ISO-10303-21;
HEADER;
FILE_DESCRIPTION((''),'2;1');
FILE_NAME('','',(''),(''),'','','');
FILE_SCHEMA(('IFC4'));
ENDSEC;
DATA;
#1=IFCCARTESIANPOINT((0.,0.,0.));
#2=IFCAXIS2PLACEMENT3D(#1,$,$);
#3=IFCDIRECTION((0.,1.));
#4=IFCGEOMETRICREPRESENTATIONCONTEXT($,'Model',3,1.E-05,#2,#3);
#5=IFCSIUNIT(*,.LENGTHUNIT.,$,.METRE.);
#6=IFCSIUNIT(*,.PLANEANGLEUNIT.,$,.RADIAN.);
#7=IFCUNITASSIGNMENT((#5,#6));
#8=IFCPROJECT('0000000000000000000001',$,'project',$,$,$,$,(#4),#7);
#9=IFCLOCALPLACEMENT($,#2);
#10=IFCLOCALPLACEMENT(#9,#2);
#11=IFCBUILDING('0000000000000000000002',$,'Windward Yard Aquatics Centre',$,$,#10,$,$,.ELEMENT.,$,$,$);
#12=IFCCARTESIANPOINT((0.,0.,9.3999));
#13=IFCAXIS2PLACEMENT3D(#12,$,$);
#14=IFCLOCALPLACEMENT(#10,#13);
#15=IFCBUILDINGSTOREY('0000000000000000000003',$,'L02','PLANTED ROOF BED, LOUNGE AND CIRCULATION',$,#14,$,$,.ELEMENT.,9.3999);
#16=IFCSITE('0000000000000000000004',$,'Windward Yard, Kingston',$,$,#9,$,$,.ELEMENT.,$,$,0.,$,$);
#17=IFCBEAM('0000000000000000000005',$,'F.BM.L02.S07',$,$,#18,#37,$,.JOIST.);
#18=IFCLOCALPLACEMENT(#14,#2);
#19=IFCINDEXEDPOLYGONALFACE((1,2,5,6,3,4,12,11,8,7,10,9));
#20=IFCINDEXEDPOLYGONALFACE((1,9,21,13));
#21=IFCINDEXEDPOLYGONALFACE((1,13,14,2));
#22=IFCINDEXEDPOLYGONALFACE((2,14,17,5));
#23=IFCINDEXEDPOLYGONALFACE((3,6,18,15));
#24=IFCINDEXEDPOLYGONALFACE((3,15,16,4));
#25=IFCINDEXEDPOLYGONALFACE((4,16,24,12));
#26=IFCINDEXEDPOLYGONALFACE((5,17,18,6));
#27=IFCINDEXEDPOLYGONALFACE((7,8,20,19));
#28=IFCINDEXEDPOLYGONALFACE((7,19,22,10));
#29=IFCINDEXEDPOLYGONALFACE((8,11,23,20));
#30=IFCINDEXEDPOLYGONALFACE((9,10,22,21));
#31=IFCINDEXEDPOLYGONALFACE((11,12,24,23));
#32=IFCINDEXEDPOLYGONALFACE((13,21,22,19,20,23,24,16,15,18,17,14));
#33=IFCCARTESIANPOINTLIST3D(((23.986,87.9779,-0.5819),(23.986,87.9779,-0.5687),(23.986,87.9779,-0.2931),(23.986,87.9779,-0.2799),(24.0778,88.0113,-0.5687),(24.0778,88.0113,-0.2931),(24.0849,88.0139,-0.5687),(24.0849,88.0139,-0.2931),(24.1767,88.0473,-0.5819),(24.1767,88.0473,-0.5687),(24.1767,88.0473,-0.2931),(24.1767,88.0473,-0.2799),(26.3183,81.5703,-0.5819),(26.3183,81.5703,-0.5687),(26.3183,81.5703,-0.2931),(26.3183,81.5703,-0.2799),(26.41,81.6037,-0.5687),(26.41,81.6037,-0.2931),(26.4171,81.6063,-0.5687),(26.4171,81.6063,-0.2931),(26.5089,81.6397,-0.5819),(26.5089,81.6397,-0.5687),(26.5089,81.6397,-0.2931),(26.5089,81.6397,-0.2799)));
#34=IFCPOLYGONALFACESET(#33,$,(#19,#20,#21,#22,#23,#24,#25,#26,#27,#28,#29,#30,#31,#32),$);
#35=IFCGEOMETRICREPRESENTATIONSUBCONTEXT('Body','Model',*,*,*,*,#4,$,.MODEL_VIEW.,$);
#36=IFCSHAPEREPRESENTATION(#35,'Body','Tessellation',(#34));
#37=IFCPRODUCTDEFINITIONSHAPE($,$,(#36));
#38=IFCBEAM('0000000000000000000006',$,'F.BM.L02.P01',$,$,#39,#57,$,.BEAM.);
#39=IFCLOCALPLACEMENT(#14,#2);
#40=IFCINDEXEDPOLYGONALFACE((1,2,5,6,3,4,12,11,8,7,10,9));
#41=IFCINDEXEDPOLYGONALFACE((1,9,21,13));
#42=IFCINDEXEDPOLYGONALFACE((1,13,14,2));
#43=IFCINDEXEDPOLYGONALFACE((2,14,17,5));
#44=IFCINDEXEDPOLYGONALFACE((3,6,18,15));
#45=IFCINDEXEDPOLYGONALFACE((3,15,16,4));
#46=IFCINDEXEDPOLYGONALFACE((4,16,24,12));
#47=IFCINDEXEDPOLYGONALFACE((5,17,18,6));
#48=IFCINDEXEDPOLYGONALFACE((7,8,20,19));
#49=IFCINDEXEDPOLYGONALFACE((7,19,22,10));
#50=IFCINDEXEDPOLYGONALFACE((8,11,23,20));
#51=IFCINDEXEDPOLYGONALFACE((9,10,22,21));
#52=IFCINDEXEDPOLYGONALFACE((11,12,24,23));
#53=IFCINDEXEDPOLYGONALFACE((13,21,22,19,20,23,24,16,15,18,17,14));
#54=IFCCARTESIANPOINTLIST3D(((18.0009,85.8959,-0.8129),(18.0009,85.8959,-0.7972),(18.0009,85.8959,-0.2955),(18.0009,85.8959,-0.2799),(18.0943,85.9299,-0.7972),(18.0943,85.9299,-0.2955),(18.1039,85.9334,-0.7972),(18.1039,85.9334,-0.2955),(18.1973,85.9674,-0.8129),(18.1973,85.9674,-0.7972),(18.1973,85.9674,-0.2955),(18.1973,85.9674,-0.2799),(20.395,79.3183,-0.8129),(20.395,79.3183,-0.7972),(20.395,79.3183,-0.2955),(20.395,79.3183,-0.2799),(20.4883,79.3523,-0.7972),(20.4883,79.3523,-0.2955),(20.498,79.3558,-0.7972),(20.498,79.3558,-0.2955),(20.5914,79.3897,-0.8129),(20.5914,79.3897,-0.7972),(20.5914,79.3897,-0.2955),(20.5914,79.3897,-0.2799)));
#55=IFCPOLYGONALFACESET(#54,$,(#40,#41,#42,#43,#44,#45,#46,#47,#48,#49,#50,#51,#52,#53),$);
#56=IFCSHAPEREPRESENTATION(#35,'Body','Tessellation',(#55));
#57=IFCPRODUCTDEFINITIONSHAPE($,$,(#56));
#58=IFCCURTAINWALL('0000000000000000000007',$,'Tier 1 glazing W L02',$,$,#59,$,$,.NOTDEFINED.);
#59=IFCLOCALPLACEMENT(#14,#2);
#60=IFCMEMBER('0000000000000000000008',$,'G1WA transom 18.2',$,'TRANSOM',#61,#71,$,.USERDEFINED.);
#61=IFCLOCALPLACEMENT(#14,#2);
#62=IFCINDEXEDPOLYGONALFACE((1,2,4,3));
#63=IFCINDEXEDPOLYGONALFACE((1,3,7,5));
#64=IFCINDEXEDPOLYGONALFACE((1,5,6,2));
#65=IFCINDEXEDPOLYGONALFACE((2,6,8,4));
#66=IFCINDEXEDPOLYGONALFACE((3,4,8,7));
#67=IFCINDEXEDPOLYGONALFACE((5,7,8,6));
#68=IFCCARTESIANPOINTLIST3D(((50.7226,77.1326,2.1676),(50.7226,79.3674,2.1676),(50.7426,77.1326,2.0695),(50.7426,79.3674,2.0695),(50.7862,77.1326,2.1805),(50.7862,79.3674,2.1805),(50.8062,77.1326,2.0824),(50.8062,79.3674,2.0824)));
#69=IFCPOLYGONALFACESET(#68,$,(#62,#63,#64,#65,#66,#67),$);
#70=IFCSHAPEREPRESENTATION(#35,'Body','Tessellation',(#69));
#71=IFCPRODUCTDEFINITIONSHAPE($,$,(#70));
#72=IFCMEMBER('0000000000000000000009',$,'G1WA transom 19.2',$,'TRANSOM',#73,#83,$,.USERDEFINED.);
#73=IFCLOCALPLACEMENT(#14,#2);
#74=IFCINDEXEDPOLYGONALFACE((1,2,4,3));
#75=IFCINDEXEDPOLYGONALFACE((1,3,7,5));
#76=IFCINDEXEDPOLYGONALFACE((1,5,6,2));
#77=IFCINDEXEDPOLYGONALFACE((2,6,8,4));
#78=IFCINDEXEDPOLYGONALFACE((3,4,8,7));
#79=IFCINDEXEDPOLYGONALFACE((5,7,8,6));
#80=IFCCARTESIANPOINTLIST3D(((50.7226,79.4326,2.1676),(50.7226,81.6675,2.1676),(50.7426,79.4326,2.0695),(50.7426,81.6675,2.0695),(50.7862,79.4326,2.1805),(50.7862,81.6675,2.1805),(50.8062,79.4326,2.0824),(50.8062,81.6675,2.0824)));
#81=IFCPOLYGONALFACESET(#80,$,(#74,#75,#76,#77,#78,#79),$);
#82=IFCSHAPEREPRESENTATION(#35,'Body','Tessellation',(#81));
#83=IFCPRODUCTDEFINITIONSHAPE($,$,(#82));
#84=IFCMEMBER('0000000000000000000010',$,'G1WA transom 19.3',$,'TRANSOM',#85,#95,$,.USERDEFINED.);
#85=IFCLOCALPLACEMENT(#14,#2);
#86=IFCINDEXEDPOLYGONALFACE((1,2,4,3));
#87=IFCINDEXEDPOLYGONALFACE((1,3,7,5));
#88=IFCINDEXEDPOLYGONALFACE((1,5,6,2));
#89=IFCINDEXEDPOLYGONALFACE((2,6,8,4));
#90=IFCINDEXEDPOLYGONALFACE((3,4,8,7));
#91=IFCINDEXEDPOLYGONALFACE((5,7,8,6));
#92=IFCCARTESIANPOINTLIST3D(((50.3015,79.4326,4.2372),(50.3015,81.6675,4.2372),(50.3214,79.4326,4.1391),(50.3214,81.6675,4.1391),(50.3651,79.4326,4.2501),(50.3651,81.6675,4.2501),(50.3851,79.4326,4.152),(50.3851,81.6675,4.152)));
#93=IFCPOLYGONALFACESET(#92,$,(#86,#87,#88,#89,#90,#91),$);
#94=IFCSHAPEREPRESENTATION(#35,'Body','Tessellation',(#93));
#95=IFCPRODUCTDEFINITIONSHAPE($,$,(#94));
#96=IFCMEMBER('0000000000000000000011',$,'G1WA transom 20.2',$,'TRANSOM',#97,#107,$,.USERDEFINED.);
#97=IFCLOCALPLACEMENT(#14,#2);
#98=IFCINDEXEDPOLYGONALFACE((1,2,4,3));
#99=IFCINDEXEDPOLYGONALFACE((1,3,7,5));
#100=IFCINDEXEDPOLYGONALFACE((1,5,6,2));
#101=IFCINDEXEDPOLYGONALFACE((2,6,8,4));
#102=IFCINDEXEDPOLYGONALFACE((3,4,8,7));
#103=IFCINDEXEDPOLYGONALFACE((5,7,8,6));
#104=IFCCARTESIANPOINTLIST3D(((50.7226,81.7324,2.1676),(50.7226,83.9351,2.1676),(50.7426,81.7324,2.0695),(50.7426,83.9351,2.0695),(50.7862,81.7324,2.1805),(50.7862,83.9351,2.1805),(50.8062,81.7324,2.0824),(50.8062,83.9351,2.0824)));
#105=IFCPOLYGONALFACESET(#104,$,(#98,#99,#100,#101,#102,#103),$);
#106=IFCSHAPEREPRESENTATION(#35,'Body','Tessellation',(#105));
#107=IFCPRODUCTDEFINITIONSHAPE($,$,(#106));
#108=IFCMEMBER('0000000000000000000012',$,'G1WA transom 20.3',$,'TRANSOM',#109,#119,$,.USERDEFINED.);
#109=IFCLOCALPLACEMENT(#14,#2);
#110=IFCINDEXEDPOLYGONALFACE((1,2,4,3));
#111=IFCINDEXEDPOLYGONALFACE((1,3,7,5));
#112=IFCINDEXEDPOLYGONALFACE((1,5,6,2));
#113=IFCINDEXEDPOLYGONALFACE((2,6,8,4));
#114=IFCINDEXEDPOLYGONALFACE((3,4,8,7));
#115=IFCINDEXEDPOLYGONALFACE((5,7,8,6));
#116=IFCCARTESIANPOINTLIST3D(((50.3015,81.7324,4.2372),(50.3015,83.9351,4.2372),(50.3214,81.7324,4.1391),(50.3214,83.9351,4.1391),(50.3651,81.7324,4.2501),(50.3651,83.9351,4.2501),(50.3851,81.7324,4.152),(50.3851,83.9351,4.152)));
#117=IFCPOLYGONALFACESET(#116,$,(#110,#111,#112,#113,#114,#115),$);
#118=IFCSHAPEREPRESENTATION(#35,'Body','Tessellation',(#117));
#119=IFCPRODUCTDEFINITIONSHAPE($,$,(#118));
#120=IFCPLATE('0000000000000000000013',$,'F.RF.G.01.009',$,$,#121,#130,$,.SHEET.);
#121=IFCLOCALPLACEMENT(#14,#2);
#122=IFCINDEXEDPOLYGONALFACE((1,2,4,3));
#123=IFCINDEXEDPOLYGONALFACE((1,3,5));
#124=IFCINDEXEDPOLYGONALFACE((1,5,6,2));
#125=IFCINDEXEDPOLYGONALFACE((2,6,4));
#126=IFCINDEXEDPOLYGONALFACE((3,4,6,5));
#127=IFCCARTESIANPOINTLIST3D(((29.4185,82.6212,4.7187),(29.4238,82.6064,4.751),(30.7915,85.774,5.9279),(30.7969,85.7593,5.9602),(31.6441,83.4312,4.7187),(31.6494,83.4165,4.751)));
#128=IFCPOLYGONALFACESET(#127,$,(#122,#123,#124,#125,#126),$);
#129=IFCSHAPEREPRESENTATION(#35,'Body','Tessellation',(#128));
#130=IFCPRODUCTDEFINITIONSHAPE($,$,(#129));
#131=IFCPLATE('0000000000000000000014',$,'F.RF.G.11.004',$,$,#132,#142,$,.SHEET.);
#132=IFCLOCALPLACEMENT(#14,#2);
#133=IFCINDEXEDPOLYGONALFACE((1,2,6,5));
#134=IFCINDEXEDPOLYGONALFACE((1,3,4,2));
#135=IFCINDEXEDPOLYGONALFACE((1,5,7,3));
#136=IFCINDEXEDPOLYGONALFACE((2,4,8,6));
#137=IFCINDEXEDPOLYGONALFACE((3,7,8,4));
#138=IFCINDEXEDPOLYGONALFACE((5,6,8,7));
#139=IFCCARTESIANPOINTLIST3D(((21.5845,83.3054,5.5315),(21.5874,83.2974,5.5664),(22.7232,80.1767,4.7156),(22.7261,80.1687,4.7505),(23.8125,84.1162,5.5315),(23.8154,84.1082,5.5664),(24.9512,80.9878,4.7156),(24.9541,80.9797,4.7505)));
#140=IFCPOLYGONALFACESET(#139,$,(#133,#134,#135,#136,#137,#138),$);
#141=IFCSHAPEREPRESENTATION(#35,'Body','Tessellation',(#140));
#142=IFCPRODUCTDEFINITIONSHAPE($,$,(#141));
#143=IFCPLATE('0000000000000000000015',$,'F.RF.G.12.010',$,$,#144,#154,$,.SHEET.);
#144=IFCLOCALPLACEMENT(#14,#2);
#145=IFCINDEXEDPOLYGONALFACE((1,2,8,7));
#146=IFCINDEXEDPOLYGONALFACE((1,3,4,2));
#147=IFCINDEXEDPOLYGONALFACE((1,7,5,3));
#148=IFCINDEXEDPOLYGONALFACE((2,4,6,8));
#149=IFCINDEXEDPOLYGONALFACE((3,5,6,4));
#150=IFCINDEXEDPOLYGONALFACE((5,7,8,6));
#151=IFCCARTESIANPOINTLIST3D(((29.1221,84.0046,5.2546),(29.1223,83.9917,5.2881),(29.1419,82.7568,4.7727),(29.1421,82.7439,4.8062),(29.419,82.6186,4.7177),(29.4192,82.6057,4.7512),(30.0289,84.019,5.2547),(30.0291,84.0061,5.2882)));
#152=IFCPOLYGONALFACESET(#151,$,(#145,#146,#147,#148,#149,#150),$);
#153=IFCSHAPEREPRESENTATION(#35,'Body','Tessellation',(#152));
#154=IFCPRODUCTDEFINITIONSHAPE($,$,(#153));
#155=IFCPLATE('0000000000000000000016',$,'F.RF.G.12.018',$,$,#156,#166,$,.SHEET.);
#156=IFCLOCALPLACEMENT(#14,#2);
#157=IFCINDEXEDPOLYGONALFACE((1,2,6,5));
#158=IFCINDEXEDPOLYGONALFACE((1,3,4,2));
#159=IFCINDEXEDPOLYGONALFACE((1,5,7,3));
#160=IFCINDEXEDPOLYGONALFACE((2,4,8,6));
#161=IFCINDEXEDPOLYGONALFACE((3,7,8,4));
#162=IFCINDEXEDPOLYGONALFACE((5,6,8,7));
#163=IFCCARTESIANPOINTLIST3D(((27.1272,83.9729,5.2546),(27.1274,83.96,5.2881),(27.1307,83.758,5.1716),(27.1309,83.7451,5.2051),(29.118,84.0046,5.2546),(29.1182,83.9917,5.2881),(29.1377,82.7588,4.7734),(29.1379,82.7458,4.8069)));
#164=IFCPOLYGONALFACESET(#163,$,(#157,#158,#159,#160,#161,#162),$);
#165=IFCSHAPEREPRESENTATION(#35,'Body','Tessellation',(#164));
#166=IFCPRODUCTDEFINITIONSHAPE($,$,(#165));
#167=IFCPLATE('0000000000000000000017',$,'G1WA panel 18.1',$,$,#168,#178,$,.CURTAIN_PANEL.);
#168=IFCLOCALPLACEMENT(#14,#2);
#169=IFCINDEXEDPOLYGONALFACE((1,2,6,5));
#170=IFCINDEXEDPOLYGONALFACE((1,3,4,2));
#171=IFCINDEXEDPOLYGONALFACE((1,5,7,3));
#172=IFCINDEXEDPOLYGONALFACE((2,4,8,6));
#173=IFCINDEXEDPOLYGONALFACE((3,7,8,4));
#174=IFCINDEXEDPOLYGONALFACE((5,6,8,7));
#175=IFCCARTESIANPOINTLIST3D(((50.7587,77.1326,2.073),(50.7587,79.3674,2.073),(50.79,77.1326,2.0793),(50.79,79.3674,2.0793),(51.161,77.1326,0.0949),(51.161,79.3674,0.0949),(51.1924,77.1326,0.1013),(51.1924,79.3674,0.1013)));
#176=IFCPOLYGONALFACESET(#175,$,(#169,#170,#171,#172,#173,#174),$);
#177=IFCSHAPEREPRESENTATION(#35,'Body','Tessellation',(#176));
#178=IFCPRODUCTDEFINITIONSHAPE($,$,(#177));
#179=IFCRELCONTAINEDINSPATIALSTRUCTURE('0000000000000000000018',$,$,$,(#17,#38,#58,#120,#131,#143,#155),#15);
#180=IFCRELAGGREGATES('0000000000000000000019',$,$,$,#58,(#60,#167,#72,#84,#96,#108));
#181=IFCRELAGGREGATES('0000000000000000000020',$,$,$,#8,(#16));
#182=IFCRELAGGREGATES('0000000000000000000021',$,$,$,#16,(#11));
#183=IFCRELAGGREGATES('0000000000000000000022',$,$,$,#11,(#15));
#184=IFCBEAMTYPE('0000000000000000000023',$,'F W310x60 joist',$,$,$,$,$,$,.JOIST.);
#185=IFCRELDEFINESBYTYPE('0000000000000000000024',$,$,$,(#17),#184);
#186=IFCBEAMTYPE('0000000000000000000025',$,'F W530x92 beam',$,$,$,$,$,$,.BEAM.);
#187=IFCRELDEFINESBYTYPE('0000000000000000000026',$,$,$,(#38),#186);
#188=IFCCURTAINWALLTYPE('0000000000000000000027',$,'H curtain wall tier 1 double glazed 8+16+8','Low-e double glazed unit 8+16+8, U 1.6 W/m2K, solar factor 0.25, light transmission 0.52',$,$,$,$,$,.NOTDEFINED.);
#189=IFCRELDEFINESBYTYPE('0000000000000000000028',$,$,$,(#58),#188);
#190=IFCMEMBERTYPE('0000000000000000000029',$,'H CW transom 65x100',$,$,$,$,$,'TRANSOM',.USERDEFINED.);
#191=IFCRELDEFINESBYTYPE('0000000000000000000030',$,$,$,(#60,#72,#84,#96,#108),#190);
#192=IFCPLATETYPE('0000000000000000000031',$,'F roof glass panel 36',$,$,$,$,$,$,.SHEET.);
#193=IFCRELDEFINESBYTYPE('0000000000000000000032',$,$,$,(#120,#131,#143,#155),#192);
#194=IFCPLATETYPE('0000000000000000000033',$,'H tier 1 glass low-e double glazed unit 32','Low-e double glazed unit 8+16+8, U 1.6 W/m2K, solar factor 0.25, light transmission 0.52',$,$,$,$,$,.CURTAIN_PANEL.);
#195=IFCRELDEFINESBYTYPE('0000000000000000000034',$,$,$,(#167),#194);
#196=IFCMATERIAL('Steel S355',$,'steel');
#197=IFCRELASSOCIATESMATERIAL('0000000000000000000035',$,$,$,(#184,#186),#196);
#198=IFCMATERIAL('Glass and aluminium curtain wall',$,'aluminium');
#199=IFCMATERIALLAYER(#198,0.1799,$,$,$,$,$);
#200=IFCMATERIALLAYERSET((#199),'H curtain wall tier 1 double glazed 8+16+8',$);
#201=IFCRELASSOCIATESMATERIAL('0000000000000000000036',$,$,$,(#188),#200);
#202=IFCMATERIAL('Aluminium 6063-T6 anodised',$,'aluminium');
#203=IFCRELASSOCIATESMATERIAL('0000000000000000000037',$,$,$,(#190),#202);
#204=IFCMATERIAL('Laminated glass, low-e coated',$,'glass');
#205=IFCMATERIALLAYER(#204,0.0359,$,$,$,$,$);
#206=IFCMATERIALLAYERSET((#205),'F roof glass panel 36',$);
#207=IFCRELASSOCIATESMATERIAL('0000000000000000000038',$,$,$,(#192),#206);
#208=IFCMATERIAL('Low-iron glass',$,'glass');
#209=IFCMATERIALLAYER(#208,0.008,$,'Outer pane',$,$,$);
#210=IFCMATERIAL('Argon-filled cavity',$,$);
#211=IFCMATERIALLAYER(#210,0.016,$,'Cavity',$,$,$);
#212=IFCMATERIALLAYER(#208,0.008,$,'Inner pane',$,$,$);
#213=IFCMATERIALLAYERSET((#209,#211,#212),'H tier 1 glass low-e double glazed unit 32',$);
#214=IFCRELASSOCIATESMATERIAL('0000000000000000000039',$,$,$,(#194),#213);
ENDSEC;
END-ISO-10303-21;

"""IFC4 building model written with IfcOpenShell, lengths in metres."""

from ifc_helpers import new_model, si_unit, direction, frame, origin, origin_2d, place, context, subcontext, project, spatial, polyline, rectangle, i_section, outline, extrude, material, layer, layer_set, material_profile, profile_set, type_object, element, aggregate, save


model = new_model("IFC4")

# Units and contexts
model_context = context("Model", 3, precision=1e-05, world=origin(), true_north=direction((0.0, 1.0)))
body_context = subcontext(model_context, "Body", "Model", "MODEL_VIEW")
ifc_project = project(units=[si_unit("LENGTHUNIT", "METRE"), si_unit("PLANEANGLEUNIT", "RADIAN")], contexts=[model_context])

# Site, building, storey
site_placement = place(None, origin())
site = spatial("IfcSite", under=ifc_project, at=site_placement, Name="Windward Yard, Kingston", CompositionType="ELEMENT", RefElevation=0.0)
building_placement = place(site_placement, origin())
building = spatial("IfcBuilding", under=site, at=building_placement, Name="Windward Yard Aquatics Centre", CompositionType="ELEMENT")
storey_placement = place(building_placement, frame((0.0, 0.0, 9.3999)))
storey = spatial("IfcBuildingStorey", under=building, at=storey_placement, Name="L02", Description="PLANTED ROOF BED, LOUNGE AND CIRCULATION", CompositionType="ELEMENT", Elevation=9.3999)

# Shared definitions
ifc_material_1 = material(Name="Steel S355", Category="steel")

# Beams
ifc_material_profile_1 = material_profile(ifc_material_1, i_section(OverallWidth=0.2029, OverallDepth=0.302, WebThickness=0.0076, FlangeThickness=0.0132, at=origin_2d()), Name="W310x60")
ifc_profile_set_1 = profile_set([ifc_material_profile_1], Name="Steel S355")
beam_type_1 = type_object("IfcBeamType", Name="F W310x60 joist", PredefinedType="JOIST", material=ifc_profile_set_1)
for number, where, z_axis, x_axis, name in (
    (1, (26.4136, 81.605, -0.4309), (-0.342028, 0.93969, 0.0), (-0.93969, -0.342028, 0.0), "F.BM.L02.S07"),
):
    element("IfcBeam", number, at=place(storey_placement, frame(where, z_axis=z_axis, x_axis=x_axis)), inside=storey, type_object=beam_type_1, Name=name, PredefinedType="JOIST", context=body_context, shape_type="SweptSolid", body=[
        extrude(i_section(OverallWidth=0.2029, OverallDepth=0.302, WebThickness=0.0076, FlangeThickness=0.0132, at=origin_2d()), origin(), (0.0, 0.0, 1.0), 6.8188),
    ])
ifc_material_profile_2 = material_profile(ifc_material_1, i_section(OverallWidth=0.209, OverallDepth=0.533, WebThickness=0.0103, FlangeThickness=0.0156, at=origin_2d()), Name="W530x92")
ifc_profile_set_2 = profile_set([ifc_material_profile_2], Name="Steel S355")
beam_type_2 = type_object("IfcBeamType", Name="F W530x92 beam", PredefinedType="BEAM", material=ifc_profile_set_2)
beam_1_placement = place(storey_placement, frame((20.4932, 79.354, -0.5464), z_axis=(-0.342017, 0.939694, 0.0), x_axis=(-0.939694, -0.342017, 0.0)))
element("IfcBeam", 2, at=beam_1_placement, inside=storey, type_object=beam_type_2, Name="F.BM.L02.P01", PredefinedType="BEAM", context=body_context, shape_type="SweptSolid", body=[
    extrude(i_section(OverallWidth=0.209, OverallDepth=0.533, WebThickness=0.0103, FlangeThickness=0.0156, at=origin_2d()), origin(), (0.0, 0.0, 1.0), 6.9998),
])

# Curtain wall, members
ifc_material_2 = material(Name="Glass and aluminium curtain wall", Category="aluminium")
ifc_layer_1 = layer(ifc_material_2, 0.1799)
ifc_layer_set_1 = layer_set([ifc_layer_1], Name="H curtain wall tier 1 double glazed 8+16+8")
curtain_wall_type = type_object("IfcCurtainWallType", Name="H curtain wall tier 1 double glazed 8+16+8", Description="Low-e double glazed unit 8+16+8, U 1.6 W/m2K, solar factor 0.25, light transmission 0.52", PredefinedType="NOTDEFINED", material=ifc_layer_set_1)
curtain_wall_placement = place(storey_placement, origin())
curtain_wall = element("IfcCurtainWall", 3, at=curtain_wall_placement, inside=storey, type_object=curtain_wall_type, Name="Tier 1 glazing W L02", PredefinedType="NOTDEFINED")
ifc_material_3 = material(Name="Aluminium 6063-T6 anodised", Category="aluminium")
ifc_material_profile_3 = material_profile(ifc_material_3, rectangle(XDim=0.0649, YDim=0.1001, at=origin_2d()), Name="H CW transom 65x100")
ifc_profile_set_3 = profile_set([ifc_material_profile_3], Name="Aluminium 6063-T6 anodised")
member_type_1 = type_object("IfcMemberType", Name="H CW transom 65x100", ElementType="TRANSOM", PredefinedType="USERDEFINED", material=ifc_profile_set_3)
member_1_placement = place(storey_placement, frame((50.7644, 77.1326, 2.125), z_axis=(0.0, 1.0, 0.0), x_axis=(0.979925, 0.0, 0.199368)))
member_1 = element("IfcMember", 4, at=member_1_placement, type_object=member_type_1, Name="G1WA transom 18.2", ObjectType="TRANSOM", PredefinedType="USERDEFINED", context=body_context, shape_type="SweptSolid", body=[
    extrude(rectangle(XDim=0.0649, YDim=0.1001, at=origin_2d()), origin(), (0.0, 0.0, 1.0), 2.2349),
])
member_2_placement = place(storey_placement, frame((50.7644, 79.4326, 2.125), z_axis=(0.0, 1.0, 0.0), x_axis=(0.979925, 0.0, 0.199368)))
member_2 = element("IfcMember", 5, at=member_2_placement, type_object=member_type_1, Name="G1WA transom 19.2", ObjectType="TRANSOM", PredefinedType="USERDEFINED", context=body_context, shape_type="SweptSolid", body=[
    extrude(rectangle(XDim=0.0649, YDim=0.1001, at=origin_2d()), origin(), (0.0, 0.0, 1.0), 2.2349),
])
member_3_placement = place(storey_placement, frame((50.3433, 79.4326, 4.1946), z_axis=(0.0, 1.0, 0.0), x_axis=(0.979925, 0.0, 0.199368)))
member_3 = element("IfcMember", 6, at=member_3_placement, type_object=member_type_1, Name="G1WA transom 19.3", ObjectType="TRANSOM", PredefinedType="USERDEFINED", context=body_context, shape_type="SweptSolid", body=[
    extrude(rectangle(XDim=0.0649, YDim=0.1001, at=origin_2d()), origin(), (0.0, 0.0, 1.0), 2.2349),
])
member_4_placement = place(storey_placement, frame((50.7644, 81.7324, 2.125), z_axis=(0.0, 1.0, 0.0), x_axis=(0.979925, 0.0, 0.199368)))
member_4 = element("IfcMember", 7, at=member_4_placement, type_object=member_type_1, Name="G1WA transom 20.2", ObjectType="TRANSOM", PredefinedType="USERDEFINED", context=body_context, shape_type="SweptSolid", body=[
    extrude(rectangle(XDim=0.0649, YDim=0.1001, at=origin_2d()), origin(), (0.0, 0.0, 1.0), 2.2026),
])
member_5_placement = place(storey_placement, frame((50.3433, 81.7324, 4.1946), z_axis=(0.0, 1.0, 0.0), x_axis=(0.979925, 0.0, 0.199368)))
member_5 = element("IfcMember", 8, at=member_5_placement, type_object=member_type_1, Name="G1WA transom 20.3", ObjectType="TRANSOM", PredefinedType="USERDEFINED", context=body_context, shape_type="SweptSolid", body=[
    extrude(rectangle(XDim=0.0649, YDim=0.1001, at=origin_2d()), origin(), (0.0, 0.0, 1.0), 2.2026),
])

# Plates
ifc_material_4 = material(Name="Laminated glass, low-e coated", Category="glass")
ifc_layer_2 = layer(ifc_material_4, 0.0359)
ifc_layer_set_2 = layer_set([ifc_layer_2], Name="F roof glass panel 36")
plate_type_1 = type_object("IfcPlateType", Name="F roof glass panel 36", PredefinedType="SHEET", material=ifc_layer_set_2)
plate_1_placement = place(storey_placement, frame((29.4238, 82.6064, 4.751), z_axis=(0.149263, -0.41009, 0.899748), x_axis=(0.376668, 0.864915, 0.331727)))
element("IfcPlate", 9, at=plate_1_placement, inside=storey, type_object=plate_type_1, Name="F.RF.G.01.009", PredefinedType="SHEET", context=body_context, shape_type="SweptSolid", body=[
    extrude(outline(polyline([(0.0, 0.0), (3.6452, 0.0), (1.5389, -1.8003), (0.0, 0.0)])), origin(), (0.0, 0.0, -1.0), 0.0359),
])
plate_2_placement = place(storey_placement, frame((21.5874, 83.2974, 5.5664), z_axis=(0.081408, -0.223673, 0.971259), x_axis=(0.939711, 0.341969, -0.000011)))
element("IfcPlate", 10, at=plate_2_placement, inside=storey, type_object=plate_type_1, Name="F.RF.G.11.004", PredefinedType="SHEET", context=body_context, shape_type="SweptSolid", body=[
    extrude(outline(polyline([(0.0, 0.0), (2.371, 0.0), (2.3712, -3.4277), (0.0001, -3.4279), (0.0, 0.0)])), origin(), (0.0, 0.0, -1.0), 0.0359),
])
plate_3_placement = place(storey_placement, frame((29.1223, 83.9917, 5.2881), z_axis=(0.005631, -0.360147, 0.932879), x_axis=(0.999874, 0.015851, 0.000084)))
element("IfcPlate", 11, at=plate_3_placement, inside=storey, type_object=plate_type_1, Name="F.RF.G.12.010", PredefinedType="SHEET", context=body_context, shape_type="SweptSolid", body=[
    extrude(outline(polyline([(0.0, 0.0), (0.9069, 0.0), (0.2748, -1.4906), (0.0, -1.3378), (0.0, 0.0)])), origin(), (0.0, 0.0, -1.0), 0.0359),
])
plate_4_placement = place(storey_placement, frame((27.1274, 83.96, 5.2881), z_axis=(0.005733, -0.360231, 0.932846), x_axis=(0.999873, 0.015937, 0.00001)))
element("IfcPlate", 12, at=plate_4_placement, inside=storey, type_object=plate_type_1, Name="F.RF.G.12.018", PredefinedType="SHEET", context=body_context, shape_type="SweptSolid", body=[
    extrude(outline(polyline([(0.0, 0.0), (1.991, 0.0), (1.9909, -1.3357), (0.0, -0.2303), (0.0, 0.0)])), origin(), (0.0, 0.0, -1.0), 0.0359),
])

# Plate
ifc_material_5 = material(Name="Low-iron glass", Category="glass")
ifc_layer_3 = layer(ifc_material_5, 0.008, Name="Outer pane")
ifc_material_6 = material(Name="Argon-filled cavity")
ifc_layer_4 = layer(ifc_material_6, 0.016, Name="Cavity")
ifc_layer_5 = layer(ifc_material_5, 0.008, Name="Inner pane")
ifc_layer_set_3 = layer_set([ifc_layer_3, ifc_layer_4, ifc_layer_5], Name="H tier 1 glass low-e double glazed unit 32")
plate_type_2 = type_object("IfcPlateType", Name="H tier 1 glass low-e double glazed unit 32", Description="Low-e double glazed unit 8+16+8, U 1.6 W/m2K, solar factor 0.25, light transmission 0.52", PredefinedType="CURTAIN_PANEL", material=ifc_layer_set_3)
plate_5_placement = place(storey_placement, frame((50.79, 77.1326, 2.0793), z_axis=(0.979933, 0.0, 0.199325), x_axis=(0.199325, 0.0, -0.979933)))
plate_5 = element("IfcPlate", 13, at=plate_5_placement, type_object=plate_type_2, Name="G1WA panel 18.1", PredefinedType="CURTAIN_PANEL", context=body_context, shape_type="SweptSolid", body=[
    extrude(outline(polyline([(0.0, 0.0), (2.0185, 0.0), (2.0185, 2.2349), (0.0, 2.2349), (0.0, 0.0)])), origin(), (0.0, 0.0, -1.0), 0.032),
])
aggregate(curtain_wall, [member_1, plate_5, member_2, member_3, member_4, member_5])

save(model, "model.ifc")
